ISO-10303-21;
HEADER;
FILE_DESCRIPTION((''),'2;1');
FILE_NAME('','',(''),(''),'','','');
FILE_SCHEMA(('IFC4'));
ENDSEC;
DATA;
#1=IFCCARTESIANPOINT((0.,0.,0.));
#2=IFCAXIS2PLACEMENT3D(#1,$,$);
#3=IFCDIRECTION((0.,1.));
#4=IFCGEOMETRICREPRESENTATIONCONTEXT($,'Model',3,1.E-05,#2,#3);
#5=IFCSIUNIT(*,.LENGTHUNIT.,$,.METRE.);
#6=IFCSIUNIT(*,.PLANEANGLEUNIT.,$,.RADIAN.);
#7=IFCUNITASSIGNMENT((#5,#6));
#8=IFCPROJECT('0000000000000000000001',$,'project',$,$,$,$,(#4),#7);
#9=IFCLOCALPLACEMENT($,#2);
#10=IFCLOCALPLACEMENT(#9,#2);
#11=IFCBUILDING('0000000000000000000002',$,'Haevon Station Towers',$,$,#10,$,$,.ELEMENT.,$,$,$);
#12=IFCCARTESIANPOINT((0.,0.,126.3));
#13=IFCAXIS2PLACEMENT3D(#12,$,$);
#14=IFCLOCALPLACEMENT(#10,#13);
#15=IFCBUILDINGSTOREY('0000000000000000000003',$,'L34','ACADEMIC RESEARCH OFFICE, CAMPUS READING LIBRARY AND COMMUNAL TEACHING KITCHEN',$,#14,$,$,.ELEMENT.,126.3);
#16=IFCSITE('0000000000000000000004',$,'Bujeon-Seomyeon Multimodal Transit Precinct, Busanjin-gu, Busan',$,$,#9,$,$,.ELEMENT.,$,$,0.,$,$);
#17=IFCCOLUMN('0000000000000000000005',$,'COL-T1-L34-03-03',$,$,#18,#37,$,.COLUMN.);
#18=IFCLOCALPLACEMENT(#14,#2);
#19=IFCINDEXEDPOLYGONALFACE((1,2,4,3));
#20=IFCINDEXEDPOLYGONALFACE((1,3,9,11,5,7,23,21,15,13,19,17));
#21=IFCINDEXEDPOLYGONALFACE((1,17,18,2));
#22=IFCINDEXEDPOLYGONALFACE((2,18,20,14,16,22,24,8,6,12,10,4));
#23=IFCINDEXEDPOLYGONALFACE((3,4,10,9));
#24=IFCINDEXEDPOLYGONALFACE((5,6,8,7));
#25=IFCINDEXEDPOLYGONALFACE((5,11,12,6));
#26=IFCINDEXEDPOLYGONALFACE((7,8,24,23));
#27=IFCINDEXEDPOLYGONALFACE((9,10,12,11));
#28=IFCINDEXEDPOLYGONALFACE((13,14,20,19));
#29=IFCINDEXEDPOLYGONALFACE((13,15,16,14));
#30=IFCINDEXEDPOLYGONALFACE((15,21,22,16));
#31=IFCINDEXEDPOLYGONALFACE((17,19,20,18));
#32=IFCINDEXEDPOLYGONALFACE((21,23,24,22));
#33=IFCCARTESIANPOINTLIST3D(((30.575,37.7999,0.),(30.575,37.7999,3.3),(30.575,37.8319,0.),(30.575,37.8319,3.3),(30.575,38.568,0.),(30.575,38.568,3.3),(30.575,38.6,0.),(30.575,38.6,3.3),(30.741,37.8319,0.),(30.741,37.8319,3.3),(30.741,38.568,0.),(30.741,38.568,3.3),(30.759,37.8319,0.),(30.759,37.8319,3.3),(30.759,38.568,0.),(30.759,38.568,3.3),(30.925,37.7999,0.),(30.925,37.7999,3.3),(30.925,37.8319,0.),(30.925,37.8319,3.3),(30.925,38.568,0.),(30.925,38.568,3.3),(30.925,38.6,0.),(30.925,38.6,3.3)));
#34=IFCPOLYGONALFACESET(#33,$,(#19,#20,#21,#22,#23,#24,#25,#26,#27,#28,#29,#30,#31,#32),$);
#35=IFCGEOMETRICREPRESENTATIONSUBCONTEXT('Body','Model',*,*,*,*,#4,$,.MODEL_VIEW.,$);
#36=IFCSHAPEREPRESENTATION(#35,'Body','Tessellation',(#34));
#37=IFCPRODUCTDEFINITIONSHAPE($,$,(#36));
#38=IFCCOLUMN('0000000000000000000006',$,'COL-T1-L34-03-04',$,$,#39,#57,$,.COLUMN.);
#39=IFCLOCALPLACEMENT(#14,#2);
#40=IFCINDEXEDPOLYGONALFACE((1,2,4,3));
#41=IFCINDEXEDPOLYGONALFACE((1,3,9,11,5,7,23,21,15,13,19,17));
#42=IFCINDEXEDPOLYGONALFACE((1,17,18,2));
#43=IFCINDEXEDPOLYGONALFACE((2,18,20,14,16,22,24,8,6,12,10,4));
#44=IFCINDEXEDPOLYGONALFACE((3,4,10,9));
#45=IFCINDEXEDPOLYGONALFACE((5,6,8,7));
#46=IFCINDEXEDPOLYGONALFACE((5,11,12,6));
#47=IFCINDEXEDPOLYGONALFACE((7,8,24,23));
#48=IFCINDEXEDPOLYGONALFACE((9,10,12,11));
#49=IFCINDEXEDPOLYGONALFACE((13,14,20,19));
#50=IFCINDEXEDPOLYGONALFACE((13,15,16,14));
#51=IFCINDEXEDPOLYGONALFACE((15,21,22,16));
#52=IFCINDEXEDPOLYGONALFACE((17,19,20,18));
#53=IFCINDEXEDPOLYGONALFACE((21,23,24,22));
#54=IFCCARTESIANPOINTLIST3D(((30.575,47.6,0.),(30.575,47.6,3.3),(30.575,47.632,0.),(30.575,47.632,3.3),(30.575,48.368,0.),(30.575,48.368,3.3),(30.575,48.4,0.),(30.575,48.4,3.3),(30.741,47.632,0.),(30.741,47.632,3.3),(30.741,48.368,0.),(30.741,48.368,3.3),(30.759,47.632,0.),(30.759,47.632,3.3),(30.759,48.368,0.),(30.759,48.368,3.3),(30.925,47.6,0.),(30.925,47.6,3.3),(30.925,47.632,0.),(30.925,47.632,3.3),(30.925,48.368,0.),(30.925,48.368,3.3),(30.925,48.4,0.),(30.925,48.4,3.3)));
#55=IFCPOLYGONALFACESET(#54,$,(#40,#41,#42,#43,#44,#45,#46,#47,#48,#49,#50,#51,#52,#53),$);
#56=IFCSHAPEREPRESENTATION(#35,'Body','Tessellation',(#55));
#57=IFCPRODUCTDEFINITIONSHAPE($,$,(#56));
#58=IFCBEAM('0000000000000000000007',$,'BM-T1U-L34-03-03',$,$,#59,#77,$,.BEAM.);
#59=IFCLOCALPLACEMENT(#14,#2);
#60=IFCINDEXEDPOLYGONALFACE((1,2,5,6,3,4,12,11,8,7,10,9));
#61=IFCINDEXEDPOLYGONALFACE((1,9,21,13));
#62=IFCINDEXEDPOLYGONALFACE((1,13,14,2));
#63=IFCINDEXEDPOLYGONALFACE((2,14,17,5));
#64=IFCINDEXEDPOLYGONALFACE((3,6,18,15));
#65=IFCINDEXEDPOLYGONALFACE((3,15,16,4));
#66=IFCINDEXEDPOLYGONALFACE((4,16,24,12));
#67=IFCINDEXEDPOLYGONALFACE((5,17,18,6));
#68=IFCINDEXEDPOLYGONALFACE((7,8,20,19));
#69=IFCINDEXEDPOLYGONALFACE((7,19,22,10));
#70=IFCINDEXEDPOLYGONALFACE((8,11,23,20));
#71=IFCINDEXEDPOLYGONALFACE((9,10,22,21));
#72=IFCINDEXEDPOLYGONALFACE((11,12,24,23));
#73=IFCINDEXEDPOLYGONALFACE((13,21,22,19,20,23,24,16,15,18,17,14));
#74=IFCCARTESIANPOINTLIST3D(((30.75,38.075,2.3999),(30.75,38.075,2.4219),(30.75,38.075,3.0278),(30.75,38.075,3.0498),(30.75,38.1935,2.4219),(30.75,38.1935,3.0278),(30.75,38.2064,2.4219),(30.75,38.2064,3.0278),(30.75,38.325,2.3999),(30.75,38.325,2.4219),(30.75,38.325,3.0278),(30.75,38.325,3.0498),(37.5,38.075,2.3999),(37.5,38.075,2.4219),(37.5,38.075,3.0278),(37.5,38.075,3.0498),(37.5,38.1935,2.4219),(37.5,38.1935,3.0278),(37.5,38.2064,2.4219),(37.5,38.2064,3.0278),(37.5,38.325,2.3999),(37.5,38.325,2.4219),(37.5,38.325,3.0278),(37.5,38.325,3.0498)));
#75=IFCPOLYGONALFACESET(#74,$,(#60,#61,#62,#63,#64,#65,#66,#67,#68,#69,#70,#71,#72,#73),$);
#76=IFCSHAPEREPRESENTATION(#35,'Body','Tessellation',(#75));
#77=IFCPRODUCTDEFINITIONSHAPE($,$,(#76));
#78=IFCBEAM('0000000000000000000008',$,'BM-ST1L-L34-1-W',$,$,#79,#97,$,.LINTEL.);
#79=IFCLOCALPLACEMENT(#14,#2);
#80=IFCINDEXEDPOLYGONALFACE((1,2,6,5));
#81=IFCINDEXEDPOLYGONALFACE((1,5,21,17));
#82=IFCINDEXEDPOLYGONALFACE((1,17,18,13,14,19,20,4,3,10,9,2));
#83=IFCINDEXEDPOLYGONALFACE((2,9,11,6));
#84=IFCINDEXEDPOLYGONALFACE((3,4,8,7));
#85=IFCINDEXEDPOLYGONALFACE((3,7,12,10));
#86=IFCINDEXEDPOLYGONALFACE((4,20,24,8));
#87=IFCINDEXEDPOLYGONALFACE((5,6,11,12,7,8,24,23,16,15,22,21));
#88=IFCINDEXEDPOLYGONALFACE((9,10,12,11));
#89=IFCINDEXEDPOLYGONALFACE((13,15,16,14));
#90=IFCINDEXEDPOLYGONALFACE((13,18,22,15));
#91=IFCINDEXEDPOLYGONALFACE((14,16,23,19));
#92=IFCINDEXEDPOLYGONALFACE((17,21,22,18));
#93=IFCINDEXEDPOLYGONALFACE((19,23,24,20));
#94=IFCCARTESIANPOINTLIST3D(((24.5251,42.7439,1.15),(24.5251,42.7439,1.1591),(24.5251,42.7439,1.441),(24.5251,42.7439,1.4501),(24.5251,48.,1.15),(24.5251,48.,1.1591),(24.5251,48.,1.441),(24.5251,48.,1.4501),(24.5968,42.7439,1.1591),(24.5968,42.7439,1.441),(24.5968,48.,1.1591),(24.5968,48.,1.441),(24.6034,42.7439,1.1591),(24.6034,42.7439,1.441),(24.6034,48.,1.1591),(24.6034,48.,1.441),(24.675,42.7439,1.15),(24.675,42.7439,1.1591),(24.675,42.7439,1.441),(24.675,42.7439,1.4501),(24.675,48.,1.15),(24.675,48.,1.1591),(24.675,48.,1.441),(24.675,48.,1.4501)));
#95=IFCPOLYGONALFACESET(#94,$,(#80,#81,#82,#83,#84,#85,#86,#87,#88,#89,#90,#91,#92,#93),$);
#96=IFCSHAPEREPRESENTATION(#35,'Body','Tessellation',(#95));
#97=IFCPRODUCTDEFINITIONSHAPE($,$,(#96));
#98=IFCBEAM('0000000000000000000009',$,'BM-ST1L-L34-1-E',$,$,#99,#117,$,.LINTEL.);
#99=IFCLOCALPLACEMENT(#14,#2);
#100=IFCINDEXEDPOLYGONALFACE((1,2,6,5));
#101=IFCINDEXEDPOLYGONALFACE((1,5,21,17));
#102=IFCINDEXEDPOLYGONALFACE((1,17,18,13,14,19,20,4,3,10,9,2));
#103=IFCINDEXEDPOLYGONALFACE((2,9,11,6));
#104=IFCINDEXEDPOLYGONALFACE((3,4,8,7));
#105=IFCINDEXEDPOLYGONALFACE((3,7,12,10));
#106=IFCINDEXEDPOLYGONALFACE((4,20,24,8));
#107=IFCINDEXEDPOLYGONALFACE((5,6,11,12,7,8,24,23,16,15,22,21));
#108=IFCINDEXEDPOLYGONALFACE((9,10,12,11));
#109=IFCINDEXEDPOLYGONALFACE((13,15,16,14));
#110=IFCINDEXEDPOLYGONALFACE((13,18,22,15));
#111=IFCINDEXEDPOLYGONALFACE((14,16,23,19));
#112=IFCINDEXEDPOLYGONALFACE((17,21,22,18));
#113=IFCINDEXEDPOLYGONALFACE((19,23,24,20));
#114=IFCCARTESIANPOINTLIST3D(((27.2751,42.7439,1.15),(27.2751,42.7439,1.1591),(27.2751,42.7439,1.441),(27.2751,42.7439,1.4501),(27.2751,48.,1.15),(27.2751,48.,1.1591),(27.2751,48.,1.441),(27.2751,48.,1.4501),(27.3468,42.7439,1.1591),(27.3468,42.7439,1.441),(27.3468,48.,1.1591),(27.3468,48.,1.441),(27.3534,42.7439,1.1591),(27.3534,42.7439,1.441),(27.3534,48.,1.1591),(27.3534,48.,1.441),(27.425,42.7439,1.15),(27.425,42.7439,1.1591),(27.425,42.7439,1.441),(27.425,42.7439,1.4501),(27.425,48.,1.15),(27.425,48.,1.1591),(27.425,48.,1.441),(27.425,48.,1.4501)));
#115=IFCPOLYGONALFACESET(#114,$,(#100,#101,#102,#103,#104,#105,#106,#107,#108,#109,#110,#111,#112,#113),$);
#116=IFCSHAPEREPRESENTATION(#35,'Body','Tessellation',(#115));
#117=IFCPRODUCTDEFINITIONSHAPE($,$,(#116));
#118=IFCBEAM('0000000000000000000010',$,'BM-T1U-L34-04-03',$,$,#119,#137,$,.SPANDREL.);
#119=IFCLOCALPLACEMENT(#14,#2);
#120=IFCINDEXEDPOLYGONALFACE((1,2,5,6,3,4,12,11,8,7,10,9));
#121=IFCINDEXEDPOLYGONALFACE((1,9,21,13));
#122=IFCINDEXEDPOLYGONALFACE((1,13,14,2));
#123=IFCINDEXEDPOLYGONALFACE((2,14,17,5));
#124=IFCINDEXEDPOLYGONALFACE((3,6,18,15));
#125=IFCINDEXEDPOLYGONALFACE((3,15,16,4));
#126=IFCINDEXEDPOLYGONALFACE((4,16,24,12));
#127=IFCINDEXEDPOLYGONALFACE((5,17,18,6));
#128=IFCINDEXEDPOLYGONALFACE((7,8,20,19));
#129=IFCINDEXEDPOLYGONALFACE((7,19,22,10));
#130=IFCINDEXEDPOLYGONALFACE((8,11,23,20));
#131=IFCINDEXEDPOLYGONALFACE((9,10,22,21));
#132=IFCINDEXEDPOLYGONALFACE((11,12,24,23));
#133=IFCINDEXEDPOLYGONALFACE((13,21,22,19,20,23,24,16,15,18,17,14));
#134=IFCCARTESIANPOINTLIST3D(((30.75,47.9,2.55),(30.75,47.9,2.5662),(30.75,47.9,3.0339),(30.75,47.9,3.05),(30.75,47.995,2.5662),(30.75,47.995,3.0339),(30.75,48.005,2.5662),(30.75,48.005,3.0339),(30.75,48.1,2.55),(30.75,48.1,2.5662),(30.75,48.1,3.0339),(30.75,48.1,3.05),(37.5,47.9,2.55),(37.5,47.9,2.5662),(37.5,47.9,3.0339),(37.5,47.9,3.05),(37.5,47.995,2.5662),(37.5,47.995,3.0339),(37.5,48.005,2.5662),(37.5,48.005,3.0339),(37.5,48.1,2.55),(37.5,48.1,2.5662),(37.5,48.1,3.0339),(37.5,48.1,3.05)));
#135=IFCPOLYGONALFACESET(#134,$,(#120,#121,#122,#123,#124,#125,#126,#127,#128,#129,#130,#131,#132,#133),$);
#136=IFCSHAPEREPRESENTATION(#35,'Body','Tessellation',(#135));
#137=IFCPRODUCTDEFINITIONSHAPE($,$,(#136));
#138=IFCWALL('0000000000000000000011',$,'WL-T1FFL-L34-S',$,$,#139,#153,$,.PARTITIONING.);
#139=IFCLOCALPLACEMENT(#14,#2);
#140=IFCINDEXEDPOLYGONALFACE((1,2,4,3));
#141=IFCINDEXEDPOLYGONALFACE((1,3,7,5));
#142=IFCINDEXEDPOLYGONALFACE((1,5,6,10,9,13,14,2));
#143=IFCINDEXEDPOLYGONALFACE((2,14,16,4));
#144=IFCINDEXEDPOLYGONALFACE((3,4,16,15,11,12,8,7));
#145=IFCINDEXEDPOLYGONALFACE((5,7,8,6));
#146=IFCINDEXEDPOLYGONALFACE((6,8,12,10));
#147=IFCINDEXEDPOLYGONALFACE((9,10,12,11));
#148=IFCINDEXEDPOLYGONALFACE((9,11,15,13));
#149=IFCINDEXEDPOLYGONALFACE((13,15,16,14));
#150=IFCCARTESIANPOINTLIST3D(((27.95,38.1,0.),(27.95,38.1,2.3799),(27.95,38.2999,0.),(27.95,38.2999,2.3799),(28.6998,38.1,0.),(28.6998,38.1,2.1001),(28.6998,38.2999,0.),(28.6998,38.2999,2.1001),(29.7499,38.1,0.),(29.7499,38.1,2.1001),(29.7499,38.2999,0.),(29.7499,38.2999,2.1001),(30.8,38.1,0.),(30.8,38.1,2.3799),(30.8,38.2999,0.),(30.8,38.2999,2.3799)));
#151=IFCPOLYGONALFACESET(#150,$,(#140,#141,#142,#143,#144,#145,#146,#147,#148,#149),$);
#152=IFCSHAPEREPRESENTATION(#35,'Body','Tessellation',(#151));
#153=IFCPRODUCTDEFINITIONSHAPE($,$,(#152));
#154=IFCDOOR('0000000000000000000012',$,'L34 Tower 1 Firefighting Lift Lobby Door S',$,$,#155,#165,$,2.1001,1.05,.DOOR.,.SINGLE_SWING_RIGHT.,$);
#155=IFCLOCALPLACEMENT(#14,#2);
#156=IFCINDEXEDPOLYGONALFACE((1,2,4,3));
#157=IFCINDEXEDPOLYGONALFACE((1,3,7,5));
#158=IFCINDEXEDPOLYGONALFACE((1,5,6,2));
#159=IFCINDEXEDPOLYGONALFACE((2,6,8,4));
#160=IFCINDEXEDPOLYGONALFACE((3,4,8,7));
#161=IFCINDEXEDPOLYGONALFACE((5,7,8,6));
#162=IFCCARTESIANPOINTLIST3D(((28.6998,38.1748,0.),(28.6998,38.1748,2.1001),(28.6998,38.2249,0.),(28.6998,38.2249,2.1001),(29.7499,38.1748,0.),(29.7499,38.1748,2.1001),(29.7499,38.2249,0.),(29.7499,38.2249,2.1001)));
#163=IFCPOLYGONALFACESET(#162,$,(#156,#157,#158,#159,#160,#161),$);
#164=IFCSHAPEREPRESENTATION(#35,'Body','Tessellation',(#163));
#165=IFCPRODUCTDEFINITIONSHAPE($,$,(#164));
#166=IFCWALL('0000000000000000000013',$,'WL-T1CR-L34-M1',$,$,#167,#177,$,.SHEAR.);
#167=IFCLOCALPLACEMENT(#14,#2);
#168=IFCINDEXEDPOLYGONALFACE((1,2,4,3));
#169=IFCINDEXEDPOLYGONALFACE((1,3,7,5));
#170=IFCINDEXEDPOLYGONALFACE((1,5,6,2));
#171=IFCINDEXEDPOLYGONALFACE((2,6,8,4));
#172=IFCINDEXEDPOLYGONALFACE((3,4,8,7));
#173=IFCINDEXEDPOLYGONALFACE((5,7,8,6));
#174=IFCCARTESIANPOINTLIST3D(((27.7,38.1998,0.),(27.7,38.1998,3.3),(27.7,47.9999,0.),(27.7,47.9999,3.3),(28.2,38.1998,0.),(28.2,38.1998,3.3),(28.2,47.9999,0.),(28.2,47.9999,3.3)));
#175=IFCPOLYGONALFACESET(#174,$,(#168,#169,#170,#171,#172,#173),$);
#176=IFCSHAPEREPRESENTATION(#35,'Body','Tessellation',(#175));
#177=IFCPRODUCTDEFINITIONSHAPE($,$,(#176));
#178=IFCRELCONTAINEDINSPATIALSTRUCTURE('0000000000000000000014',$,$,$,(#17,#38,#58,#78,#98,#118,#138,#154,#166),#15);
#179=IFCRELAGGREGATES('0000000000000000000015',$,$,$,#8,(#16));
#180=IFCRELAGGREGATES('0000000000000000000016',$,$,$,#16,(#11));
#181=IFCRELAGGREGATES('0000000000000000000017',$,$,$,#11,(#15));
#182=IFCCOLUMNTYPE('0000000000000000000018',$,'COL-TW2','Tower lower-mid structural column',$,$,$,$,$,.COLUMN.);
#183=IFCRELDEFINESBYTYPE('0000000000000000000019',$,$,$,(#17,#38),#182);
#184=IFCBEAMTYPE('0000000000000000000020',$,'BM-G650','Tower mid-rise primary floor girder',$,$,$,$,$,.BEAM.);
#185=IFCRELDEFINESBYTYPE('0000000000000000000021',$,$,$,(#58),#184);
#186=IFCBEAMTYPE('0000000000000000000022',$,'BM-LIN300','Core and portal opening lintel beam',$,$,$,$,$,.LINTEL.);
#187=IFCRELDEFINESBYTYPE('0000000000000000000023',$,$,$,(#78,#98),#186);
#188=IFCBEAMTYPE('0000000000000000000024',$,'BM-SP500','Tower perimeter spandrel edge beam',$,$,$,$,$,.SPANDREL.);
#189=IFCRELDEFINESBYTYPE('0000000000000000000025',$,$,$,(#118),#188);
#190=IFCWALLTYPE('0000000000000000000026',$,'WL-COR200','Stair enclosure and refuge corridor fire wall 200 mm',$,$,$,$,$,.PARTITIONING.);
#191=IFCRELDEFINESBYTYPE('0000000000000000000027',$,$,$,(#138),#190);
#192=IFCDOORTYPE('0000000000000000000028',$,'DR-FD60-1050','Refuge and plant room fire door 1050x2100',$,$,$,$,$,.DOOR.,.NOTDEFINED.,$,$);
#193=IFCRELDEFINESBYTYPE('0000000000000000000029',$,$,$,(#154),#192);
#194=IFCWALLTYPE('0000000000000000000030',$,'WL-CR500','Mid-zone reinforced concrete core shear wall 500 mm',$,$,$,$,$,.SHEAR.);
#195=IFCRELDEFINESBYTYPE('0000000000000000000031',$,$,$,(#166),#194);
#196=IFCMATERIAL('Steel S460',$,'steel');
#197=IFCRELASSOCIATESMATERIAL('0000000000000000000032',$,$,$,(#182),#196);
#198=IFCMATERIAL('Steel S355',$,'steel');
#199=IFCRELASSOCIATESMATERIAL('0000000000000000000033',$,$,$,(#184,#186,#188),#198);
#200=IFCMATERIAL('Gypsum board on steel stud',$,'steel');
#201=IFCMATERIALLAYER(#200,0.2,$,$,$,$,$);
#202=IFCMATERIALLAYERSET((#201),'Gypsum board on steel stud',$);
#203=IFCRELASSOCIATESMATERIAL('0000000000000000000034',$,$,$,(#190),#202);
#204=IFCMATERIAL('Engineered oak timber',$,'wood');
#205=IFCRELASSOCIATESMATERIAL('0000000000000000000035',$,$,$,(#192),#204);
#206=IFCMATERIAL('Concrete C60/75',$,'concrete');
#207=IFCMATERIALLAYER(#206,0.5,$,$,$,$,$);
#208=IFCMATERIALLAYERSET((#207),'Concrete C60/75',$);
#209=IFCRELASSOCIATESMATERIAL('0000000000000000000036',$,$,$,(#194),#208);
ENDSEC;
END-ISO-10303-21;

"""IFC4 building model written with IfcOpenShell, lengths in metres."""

from ifc_helpers import new_model, si_unit, direction, frame, frame_2d, origin, origin_2d, place, context, subcontext, project, spatial, rectangle, i_section, extrude, material, layer, layer_set, material_profile, profile_set, type_object, element, fill, save


model = new_model("IFC4")

# Units and contexts
model_context = context("Model", 3, precision=1e-05, world=origin(), true_north=direction((0.0, 1.0)))
body_context = subcontext(model_context, "Body", "Model", "MODEL_VIEW")
ifc_project = project(units=[si_unit("LENGTHUNIT", "METRE"), si_unit("PLANEANGLEUNIT", "RADIAN")], contexts=[model_context])

# Site, building, storey
site_placement = place(None, origin())
site = spatial("IfcSite", under=ifc_project, at=site_placement, Name="Bujeon-Seomyeon Multimodal Transit Precinct, Busanjin-gu, Busan", CompositionType="ELEMENT", RefElevation=0.0)
building_placement = place(site_placement, origin())
building = spatial("IfcBuilding", under=site, at=building_placement, Name="Haevon Station Towers", CompositionType="ELEMENT")
storey_placement = place(building_placement, frame((0.0, 0.0, 126.3)))
storey = spatial("IfcBuildingStorey", under=building, at=storey_placement, Name="L34", Description="ACADEMIC RESEARCH OFFICE, CAMPUS READING LIBRARY AND COMMUNAL TEACHING KITCHEN", CompositionType="ELEMENT", Elevation=126.3)

# Columns
ifc_material_1 = material(Name="Steel S460", Category="steel")
ifc_material_profile_1 = material_profile(ifc_material_1, i_section(OverallWidth=0.3501, OverallDepth=0.8, WebThickness=0.0181, FlangeThickness=0.032, at=origin_2d()), Name="H-800x350x18x32")
ifc_profile_set_1 = profile_set([ifc_material_profile_1], Name="Steel S460")
column_type = type_object("IfcColumnType", Name="COL-TW2", Description="Tower lower-mid structural column", PredefinedType="COLUMN", material=ifc_profile_set_1)
for number, where, z_axis, x_axis, name in (
    (1, (30.75, 38.2, 0.0), (0.0, 0.0, 1.0), (1.0, 0.0, 0.0), "COL-T1-L34-03-03"),
    (2, (30.75, 48.0, 0.0), (0.0, 0.0, 1.0), (1.0, 0.0, 0.0), "COL-T1-L34-03-04"),
):
    element("IfcColumn", number, at=place(storey_placement, frame(where, z_axis=z_axis, x_axis=x_axis)), inside=storey, type_object=column_type, Name=name, PredefinedType="COLUMN", context=body_context, shape_type="SweptSolid", body=[
        extrude(i_section(OverallWidth=0.3501, OverallDepth=0.8, WebThickness=0.0181, FlangeThickness=0.032, at=origin_2d()), origin(), (0.0, 0.0, 1.0), 3.3),
    ])

# Beams
ifc_material_2 = material(Name="Steel S355", Category="steel")
ifc_material_profile_2 = material_profile(ifc_material_2, i_section(OverallWidth=0.25, OverallDepth=0.6499, WebThickness=0.0129, FlangeThickness=0.022, at=origin_2d()), Name="H-650x250x13x22")
ifc_profile_set_2 = profile_set([ifc_material_profile_2], Name="Steel S355")
beam_type_1 = type_object("IfcBeamType", Name="BM-G650", Description="Tower mid-rise primary floor girder", PredefinedType="BEAM", material=ifc_profile_set_2)
beam_1_placement = place(storey_placement, frame((30.75, 38.2, 2.7249), z_axis=(1.0, 0.0, 0.0), x_axis=(0.0, 1.0, 0.0)))
element("IfcBeam", 3, at=beam_1_placement, inside=storey, type_object=beam_type_1, Name="BM-T1U-L34-03-03", PredefinedType="BEAM", context=body_context, shape_type="SweptSolid", body=[
    extrude(i_section(OverallWidth=0.25, OverallDepth=0.6499, WebThickness=0.0129, FlangeThickness=0.022, at=origin_2d()), origin(), (0.0, 0.0, 1.0), 6.75),
])
ifc_material_profile_3 = material_profile(ifc_material_2, i_section(OverallWidth=0.1499, OverallDepth=0.3, WebThickness=0.0066, FlangeThickness=0.009, at=origin_2d()), Name="H-300x150x6.5x9")
ifc_profile_set_3 = profile_set([ifc_material_profile_3], Name="Steel S355")
beam_type_2 = type_object("IfcBeamType", Name="BM-LIN300", Description="Core and portal opening lintel beam", PredefinedType="LINTEL", material=ifc_profile_set_3)
for number, where, z_axis, x_axis, name in (
    (4, (24.6001, 42.7439, 1.3), (0.0, 1.0, 0.0), (-1.0, 0.0, 0.0), "BM-ST1L-L34-1-W"),
    (5, (27.3501, 42.7439, 1.3), (0.0, 1.0, 0.0), (-1.0, 0.0, 0.0), "BM-ST1L-L34-1-E"),
):
    element("IfcBeam", number, at=place(storey_placement, frame(where, z_axis=z_axis, x_axis=x_axis)), inside=storey, type_object=beam_type_2, Name=name, PredefinedType="LINTEL", context=body_context, shape_type="SweptSolid", body=[
        extrude(i_section(OverallWidth=0.1499, OverallDepth=0.3, WebThickness=0.0066, FlangeThickness=0.009, at=origin_2d()), origin(), (0.0, 0.0, 1.0), 5.2561),
    ])
ifc_material_profile_4 = material_profile(ifc_material_2, i_section(OverallWidth=0.2, OverallDepth=0.5, WebThickness=0.01, FlangeThickness=0.0161, at=origin_2d()), Name="H-500x200x10x16")
ifc_profile_set_4 = profile_set([ifc_material_profile_4], Name="Steel S355")
beam_type_3 = type_object("IfcBeamType", Name="BM-SP500", Description="Tower perimeter spandrel edge beam", PredefinedType="SPANDREL", material=ifc_profile_set_4)
beam_2_placement = place(storey_placement, frame((30.75, 48.0, 2.8), z_axis=(1.0, 0.0, 0.0), x_axis=(0.0, 1.0, 0.0)))
element("IfcBeam", 6, at=beam_2_placement, inside=storey, type_object=beam_type_3, Name="BM-T1U-L34-04-03", PredefinedType="SPANDREL", context=body_context, shape_type="SweptSolid", body=[
    extrude(i_section(OverallWidth=0.2, OverallDepth=0.5, WebThickness=0.01, FlangeThickness=0.0161, at=origin_2d()), origin(), (0.0, 0.0, 1.0), 6.75),
])

# Wall, opening, door
ifc_material_3 = material(Name="Gypsum board on steel stud", Category="steel")
ifc_layer_1 = layer(ifc_material_3, 0.2)
ifc_layer_set_1 = layer_set([ifc_layer_1], Name="Gypsum board on steel stud")
wall_type_1 = type_object("IfcWallType", Name="WL-COR200", Description="Stair enclosure and refuge corridor fire wall 200 mm", PredefinedType="PARTITIONING", material=ifc_layer_set_1)
wall_1_placement = place(storey_placement, frame((27.95, 38.2, 0.0), z_axis=(0.0, 0.0, 1.0), x_axis=(1.0, 0.0, 0.0)))
wall_1 = element("IfcWall", 7, at=wall_1_placement, inside=storey, type_object=wall_type_1, Name="WL-T1FFL-L34-S", PredefinedType="PARTITIONING", context=body_context, shape_type="SweptSolid", body=[
    extrude(rectangle(XDim=2.8501, YDim=0.2, at=frame_2d((1.425, 0.0))), origin(), (0.0, 0.0, 1.0), 2.3799),
])
opening_1_placement = place(wall_1_placement, frame((0.75, 0.0, 0.0)))
opening_1 = element("IfcOpeningElement", 8, at=opening_1_placement, cuts=wall_1, PredefinedType="OPENING", context=body_context, shape_type="SweptSolid", body=[
    extrude(rectangle(XDim=1.05, YDim=2.1001, at=frame_2d((0.5249, 1.05))), frame((0.0, 0.1099, 0.0), z_axis=(0.0, -1.0, 0.0), x_axis=(1.0, 0.0, 0.0)), (0.0, 0.0, 1.0), 0.22),
])
ifc_material_4 = material(Name="Engineered oak timber", Category="wood")
door_type_1 = type_object("IfcDoorType", Name="DR-FD60-1050", Description="Refuge and plant room fire door 1050x2100", OperationType="NOTDEFINED", PredefinedType="DOOR", material=ifc_material_4)
door_1_placement = place(opening_1_placement, origin())
door_1 = element("IfcDoor", 9, at=door_1_placement, inside=storey, type_object=door_type_1, Name="L34 Tower 1 Firefighting Lift Lobby Door S", OperationType="SINGLE_SWING_RIGHT", OverallHeight=2.1001, OverallWidth=1.05, PredefinedType="DOOR", context=body_context, shape_type="SweptSolid", body=[
    extrude(rectangle(XDim=1.05, YDim=2.1001, at=frame_2d((0.5249, 1.05))), frame((0.0, 0.0249, 0.0), z_axis=(0.0, -1.0, 0.0), x_axis=(1.0, 0.0, 0.0)), (0.0, 0.0, 1.0), 0.05),
])
fill(opening_1, door_1)

# Wall
ifc_material_5 = material(Name="Concrete C60/75", Category="concrete")
ifc_layer_2 = layer(ifc_material_5, 0.5)
ifc_layer_set_2 = layer_set([ifc_layer_2], Name="Concrete C60/75")
wall_type_2 = type_object("IfcWallType", Name="WL-CR500", Description="Mid-zone reinforced concrete core shear wall 500 mm", PredefinedType="SHEAR", material=ifc_layer_set_2)
wall_2_placement = place(storey_placement, frame((27.95, 38.2, 0.0), z_axis=(0.0, 0.0, 1.0), x_axis=(0.0, 1.0, 0.0)))
element("IfcWall", 10, at=wall_2_placement, inside=storey, type_object=wall_type_2, Name="WL-T1CR-L34-M1", PredefinedType="SHEAR", context=body_context, shape_type="SweptSolid", body=[
    extrude(rectangle(XDim=9.8, YDim=0.5, at=frame_2d((4.8999, 0.0))), origin(), (0.0, 0.0, 1.0), 3.3),
])

save(model, "model.ifc")
